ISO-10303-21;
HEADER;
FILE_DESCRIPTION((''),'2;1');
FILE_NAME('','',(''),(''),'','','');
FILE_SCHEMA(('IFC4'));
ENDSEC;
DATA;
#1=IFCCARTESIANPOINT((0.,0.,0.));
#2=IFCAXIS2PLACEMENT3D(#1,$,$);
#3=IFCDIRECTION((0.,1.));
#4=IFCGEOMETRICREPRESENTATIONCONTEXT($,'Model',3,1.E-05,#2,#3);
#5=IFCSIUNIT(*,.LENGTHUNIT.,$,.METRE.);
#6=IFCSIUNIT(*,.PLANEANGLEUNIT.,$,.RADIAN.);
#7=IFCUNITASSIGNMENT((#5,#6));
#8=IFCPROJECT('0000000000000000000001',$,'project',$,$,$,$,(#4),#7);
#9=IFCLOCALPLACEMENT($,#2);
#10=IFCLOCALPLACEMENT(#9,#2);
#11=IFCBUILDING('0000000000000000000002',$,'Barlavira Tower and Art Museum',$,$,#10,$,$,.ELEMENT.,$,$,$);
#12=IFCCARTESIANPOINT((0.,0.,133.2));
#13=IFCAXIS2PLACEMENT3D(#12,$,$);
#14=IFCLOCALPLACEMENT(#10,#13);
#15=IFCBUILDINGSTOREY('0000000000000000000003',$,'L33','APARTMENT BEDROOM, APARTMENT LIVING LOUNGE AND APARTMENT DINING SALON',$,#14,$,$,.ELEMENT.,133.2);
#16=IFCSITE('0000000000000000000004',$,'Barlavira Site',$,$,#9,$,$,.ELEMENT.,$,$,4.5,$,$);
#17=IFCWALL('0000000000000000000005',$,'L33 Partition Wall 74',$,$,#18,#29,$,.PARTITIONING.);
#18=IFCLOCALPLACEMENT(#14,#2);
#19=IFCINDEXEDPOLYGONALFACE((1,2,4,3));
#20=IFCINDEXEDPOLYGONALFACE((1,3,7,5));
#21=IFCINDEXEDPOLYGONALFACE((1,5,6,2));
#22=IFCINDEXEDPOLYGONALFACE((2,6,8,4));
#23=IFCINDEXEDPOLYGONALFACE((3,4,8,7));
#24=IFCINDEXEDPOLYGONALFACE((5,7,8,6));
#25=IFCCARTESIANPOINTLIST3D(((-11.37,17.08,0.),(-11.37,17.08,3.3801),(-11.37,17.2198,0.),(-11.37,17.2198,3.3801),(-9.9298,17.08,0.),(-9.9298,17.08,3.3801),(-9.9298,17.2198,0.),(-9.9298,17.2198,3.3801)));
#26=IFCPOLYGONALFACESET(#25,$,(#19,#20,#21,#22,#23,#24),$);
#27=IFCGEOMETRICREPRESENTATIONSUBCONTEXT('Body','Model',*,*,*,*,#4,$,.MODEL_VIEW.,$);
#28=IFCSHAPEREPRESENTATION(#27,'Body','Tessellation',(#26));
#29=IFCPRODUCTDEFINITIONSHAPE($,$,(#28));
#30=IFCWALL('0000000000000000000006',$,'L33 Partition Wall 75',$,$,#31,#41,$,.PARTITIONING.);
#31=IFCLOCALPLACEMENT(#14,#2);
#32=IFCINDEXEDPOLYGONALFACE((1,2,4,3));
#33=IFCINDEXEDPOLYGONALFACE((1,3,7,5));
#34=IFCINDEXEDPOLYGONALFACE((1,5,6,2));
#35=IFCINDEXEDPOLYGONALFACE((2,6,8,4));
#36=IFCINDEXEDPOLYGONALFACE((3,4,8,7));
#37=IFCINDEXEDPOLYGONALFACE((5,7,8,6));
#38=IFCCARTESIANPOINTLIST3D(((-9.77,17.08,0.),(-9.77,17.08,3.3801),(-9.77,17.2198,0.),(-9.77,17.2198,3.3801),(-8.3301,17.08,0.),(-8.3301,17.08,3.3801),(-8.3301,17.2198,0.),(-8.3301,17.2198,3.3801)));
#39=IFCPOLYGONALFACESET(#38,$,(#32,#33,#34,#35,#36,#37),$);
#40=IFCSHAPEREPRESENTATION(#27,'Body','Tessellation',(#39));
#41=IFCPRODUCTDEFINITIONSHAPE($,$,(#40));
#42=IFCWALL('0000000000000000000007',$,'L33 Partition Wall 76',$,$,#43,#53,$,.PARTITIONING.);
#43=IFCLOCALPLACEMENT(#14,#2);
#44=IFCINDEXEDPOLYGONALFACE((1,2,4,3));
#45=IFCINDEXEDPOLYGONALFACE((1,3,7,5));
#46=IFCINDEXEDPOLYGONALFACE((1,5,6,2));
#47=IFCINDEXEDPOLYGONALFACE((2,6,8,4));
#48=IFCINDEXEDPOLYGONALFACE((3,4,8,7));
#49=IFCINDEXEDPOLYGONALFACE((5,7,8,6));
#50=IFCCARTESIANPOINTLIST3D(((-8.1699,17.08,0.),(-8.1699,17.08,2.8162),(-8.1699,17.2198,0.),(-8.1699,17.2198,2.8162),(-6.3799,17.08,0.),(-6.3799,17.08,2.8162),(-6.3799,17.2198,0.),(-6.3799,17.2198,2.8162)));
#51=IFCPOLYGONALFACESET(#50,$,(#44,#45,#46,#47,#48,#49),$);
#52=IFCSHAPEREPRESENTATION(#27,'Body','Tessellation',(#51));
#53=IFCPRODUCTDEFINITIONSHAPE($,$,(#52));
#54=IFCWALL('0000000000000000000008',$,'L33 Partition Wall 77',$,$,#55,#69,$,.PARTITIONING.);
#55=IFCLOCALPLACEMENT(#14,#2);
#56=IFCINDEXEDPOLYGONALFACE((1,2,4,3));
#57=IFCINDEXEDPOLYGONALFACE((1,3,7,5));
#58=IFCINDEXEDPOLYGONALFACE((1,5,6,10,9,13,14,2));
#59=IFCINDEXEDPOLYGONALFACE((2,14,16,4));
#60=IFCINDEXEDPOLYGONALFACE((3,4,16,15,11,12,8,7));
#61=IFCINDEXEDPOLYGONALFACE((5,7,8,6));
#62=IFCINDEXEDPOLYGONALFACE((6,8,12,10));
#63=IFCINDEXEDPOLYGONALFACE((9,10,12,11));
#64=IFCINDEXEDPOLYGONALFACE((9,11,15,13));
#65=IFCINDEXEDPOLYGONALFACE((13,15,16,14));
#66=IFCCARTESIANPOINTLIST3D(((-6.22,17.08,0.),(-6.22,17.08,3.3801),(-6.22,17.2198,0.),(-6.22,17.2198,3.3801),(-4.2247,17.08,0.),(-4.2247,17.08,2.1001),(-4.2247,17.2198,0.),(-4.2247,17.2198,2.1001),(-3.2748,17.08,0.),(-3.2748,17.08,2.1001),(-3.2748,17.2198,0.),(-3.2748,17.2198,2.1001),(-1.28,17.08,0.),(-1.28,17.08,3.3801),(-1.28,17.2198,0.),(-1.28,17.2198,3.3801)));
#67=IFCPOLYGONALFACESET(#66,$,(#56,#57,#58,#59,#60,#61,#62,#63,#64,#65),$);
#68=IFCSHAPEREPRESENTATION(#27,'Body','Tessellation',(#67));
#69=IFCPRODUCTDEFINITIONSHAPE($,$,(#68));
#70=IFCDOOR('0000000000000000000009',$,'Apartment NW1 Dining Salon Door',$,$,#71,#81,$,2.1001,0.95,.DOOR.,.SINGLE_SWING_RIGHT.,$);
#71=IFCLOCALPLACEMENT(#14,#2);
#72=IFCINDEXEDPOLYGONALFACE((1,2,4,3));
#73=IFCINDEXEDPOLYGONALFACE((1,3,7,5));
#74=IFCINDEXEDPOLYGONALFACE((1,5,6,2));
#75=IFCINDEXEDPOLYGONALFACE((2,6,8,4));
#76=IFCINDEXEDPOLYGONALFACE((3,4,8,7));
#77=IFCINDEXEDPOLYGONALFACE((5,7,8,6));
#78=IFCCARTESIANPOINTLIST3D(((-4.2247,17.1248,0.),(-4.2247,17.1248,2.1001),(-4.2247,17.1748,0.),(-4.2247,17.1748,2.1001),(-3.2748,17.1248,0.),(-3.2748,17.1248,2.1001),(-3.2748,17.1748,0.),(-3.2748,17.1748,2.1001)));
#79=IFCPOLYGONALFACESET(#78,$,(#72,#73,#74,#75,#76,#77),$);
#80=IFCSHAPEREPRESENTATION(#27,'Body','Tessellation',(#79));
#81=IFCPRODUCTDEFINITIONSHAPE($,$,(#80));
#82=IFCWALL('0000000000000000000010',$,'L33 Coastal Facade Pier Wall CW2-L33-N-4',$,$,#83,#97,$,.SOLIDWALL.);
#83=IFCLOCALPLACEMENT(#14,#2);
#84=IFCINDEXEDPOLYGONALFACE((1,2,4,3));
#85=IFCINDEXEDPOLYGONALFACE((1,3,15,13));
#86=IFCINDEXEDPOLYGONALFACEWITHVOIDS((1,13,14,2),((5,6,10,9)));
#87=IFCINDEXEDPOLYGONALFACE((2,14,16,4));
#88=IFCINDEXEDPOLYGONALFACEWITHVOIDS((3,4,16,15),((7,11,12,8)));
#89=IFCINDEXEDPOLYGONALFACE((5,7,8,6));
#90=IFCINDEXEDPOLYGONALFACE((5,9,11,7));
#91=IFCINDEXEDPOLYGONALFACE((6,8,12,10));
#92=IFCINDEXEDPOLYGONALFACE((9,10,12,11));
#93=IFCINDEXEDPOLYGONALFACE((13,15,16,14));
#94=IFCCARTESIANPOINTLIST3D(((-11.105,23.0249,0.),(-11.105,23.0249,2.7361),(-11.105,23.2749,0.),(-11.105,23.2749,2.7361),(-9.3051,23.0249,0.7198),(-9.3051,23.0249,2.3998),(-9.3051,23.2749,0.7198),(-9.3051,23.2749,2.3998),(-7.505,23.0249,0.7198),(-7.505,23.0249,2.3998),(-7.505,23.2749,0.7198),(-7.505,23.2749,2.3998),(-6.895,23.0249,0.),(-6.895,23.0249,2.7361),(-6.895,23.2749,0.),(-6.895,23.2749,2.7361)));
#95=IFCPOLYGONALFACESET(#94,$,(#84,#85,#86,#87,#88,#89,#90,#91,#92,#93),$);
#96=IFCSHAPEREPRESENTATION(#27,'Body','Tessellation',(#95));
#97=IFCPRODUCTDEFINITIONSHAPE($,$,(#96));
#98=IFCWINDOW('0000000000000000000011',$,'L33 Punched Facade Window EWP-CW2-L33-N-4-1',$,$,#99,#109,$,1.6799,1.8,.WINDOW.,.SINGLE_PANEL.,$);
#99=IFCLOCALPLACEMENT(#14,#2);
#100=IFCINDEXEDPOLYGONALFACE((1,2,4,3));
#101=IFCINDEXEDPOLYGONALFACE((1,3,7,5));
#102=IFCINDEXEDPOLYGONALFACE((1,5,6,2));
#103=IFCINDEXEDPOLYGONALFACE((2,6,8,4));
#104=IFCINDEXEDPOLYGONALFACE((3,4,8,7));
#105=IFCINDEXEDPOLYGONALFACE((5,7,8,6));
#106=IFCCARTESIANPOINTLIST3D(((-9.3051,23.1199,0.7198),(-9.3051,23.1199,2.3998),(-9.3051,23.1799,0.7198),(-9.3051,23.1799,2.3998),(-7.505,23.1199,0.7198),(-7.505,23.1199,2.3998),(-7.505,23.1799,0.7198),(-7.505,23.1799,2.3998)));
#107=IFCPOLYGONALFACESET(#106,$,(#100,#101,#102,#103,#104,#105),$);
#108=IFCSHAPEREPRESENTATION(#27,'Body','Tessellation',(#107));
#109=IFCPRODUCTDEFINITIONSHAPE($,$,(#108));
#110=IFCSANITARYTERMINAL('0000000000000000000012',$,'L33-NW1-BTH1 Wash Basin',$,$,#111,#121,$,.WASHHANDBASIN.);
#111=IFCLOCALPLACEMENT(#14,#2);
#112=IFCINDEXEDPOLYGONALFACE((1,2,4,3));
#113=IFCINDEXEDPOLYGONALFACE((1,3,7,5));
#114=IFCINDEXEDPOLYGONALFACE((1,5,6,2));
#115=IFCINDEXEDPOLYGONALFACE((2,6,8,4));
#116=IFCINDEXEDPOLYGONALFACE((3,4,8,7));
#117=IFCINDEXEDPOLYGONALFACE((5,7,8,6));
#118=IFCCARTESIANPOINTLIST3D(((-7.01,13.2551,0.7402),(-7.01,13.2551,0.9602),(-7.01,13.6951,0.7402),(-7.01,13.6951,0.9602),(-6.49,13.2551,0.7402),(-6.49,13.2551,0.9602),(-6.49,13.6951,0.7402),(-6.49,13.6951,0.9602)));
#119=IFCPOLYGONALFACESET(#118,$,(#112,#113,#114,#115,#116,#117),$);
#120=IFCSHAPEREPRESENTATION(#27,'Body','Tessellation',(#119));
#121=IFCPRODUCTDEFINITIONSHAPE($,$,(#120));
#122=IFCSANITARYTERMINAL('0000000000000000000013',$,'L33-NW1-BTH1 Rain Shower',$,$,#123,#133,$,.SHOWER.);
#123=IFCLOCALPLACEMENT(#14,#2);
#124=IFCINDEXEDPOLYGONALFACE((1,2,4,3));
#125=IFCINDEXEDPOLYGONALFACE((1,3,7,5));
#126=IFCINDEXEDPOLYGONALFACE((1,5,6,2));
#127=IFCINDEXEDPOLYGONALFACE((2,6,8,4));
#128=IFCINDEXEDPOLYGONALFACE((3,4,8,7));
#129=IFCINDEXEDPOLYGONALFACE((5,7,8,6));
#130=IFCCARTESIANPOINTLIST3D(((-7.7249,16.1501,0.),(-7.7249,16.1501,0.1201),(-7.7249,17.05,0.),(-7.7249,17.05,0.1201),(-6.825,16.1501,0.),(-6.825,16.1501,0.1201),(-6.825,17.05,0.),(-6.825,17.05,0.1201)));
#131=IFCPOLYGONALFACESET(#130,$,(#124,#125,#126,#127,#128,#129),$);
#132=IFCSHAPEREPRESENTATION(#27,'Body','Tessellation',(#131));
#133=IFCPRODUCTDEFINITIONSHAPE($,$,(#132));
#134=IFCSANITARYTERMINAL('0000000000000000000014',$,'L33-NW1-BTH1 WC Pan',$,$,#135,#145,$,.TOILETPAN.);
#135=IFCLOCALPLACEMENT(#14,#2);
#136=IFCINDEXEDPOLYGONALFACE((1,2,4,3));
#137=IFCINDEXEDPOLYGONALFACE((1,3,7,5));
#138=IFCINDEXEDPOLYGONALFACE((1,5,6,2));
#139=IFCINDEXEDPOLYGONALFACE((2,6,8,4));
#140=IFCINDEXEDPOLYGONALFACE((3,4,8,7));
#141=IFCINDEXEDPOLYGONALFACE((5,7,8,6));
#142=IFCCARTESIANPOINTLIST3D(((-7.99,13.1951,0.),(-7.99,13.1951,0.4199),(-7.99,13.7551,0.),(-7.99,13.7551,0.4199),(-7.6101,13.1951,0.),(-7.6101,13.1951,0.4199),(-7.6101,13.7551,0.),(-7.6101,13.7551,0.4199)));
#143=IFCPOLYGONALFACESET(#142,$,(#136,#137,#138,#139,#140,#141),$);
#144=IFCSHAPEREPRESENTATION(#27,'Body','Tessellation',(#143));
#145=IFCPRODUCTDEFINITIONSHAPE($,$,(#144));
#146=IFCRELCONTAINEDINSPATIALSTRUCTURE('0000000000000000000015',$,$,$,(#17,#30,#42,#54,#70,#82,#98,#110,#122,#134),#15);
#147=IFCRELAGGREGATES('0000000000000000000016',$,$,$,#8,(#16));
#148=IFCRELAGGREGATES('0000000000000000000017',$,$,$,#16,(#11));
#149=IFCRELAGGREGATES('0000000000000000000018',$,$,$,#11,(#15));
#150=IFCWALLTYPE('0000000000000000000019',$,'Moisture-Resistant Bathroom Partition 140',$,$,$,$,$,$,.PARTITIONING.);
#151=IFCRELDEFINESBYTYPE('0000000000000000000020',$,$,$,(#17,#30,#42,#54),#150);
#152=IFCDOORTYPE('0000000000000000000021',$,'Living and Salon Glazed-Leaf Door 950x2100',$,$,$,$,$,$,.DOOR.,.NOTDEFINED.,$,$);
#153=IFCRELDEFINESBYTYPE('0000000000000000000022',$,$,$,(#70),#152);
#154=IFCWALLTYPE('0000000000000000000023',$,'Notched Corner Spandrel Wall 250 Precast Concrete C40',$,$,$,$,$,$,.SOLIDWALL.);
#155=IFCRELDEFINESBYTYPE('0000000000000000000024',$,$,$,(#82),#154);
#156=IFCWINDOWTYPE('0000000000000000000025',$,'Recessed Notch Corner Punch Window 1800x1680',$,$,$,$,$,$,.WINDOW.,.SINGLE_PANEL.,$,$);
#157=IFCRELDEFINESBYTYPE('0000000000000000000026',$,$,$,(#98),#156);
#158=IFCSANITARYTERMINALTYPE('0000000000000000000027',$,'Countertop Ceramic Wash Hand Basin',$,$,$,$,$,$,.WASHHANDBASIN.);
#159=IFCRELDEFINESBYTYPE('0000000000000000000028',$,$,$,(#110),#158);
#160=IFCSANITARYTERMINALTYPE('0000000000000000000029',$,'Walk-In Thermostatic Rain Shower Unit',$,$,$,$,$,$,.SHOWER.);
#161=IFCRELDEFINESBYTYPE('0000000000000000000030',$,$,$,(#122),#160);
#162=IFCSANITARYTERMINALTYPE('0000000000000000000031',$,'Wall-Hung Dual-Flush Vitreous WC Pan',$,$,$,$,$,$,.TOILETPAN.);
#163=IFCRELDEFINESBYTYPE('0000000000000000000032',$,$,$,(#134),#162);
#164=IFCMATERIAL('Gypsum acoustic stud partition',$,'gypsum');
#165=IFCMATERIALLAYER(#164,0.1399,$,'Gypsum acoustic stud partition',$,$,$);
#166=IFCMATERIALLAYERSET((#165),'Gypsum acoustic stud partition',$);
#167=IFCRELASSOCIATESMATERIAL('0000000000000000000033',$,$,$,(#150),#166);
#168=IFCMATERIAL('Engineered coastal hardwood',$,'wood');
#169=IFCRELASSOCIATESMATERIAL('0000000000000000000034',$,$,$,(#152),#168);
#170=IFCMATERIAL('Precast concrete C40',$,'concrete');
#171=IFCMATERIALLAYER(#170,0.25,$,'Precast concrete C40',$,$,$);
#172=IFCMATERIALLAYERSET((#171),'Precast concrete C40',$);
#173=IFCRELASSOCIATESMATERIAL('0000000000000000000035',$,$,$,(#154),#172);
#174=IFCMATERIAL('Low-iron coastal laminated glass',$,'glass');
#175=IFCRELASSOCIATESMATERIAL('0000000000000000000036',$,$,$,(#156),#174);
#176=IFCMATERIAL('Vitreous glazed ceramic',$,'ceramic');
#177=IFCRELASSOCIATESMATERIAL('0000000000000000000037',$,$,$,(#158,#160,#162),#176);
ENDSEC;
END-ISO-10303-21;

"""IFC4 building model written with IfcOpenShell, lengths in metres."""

from ifc_helpers import new_model, si_unit, direction, frame, frame_2d, origin, origin_2d, place, context, subcontext, project, spatial, rectangle, extrude, material, layer, layer_set, type_object, element, fill, save


model = new_model("IFC4")

# Units and contexts
model_context = context("Model", 3, precision=1e-05, world=origin(), true_north=direction((0.0, 1.0)))
body_context = subcontext(model_context, "Body", "Model", "MODEL_VIEW")
ifc_project = project(units=[si_unit("LENGTHUNIT", "METRE"), si_unit("PLANEANGLEUNIT", "RADIAN")], contexts=[model_context])

# Site, building, storey
site_placement = place(None, origin())
site = spatial("IfcSite", under=ifc_project, at=site_placement, Name="Barlavira Site", CompositionType="ELEMENT", RefElevation=4.5)
building_placement = place(site_placement, origin())
building = spatial("IfcBuilding", under=site, at=building_placement, Name="Barlavira Tower and Art Museum", CompositionType="ELEMENT")
storey_placement = place(building_placement, frame((0.0, 0.0, 133.2)))
storey = spatial("IfcBuildingStorey", under=building, at=storey_placement, Name="L33", Description="APARTMENT BEDROOM, APARTMENT LIVING LOUNGE AND APARTMENT DINING SALON", CompositionType="ELEMENT", Elevation=133.2)

# Shared definitions
ifc_material_1 = material(Name="Low-iron coastal laminated glass", Category="glass")

# Shared definitions
ifc_material_2 = material(Name="Gypsum acoustic stud partition", Category="gypsum")
ifc_material_3 = material(Name="Engineered coastal hardwood", Category="wood")

# Shared definitions
ifc_layer_1 = layer(ifc_material_2, 0.1399, Name="Gypsum acoustic stud partition")
ifc_layer_set_1 = layer_set([ifc_layer_1], Name="Gypsum acoustic stud partition")
wall_type_1 = type_object("IfcWallType", Name="Moisture-Resistant Bathroom Partition 140", PredefinedType="PARTITIONING", material=ifc_layer_set_1)

# Walls
wall_1_placement = place(storey_placement, frame((-11.3701, 17.1499, 0.0), z_axis=(0.0, 0.0, 1.0), x_axis=(1.0, 0.0, 0.0)))
element("IfcWall", 1, at=wall_1_placement, inside=storey, type_object=wall_type_1, Name="L33 Partition Wall 74", PredefinedType="PARTITIONING", context=body_context, shape_type="SweptSolid", body=[
    extrude(rectangle(XDim=1.4402, YDim=0.1399, at=frame_2d((0.7202, 0.0))), origin(), (0.0, 0.0, 1.0), 3.3801),
])
wall_2_placement = place(storey_placement, frame((-9.77, 17.1499, 0.0), z_axis=(0.0, 0.0, 1.0), x_axis=(1.0, 0.0, 0.0)))
element("IfcWall", 2, at=wall_2_placement, inside=storey, type_object=wall_type_1, Name="L33 Partition Wall 75", PredefinedType="PARTITIONING", context=body_context, shape_type="SweptSolid", body=[
    extrude(rectangle(XDim=1.4399, YDim=0.1399, at=frame_2d((0.72, 0.0))), origin(), (0.0, 0.0, 1.0), 3.3801),
])
wall_3_placement = place(storey_placement, frame((-8.1699, 17.1499, 0.0), z_axis=(0.0, 0.0, 1.0), x_axis=(1.0, 0.0, 0.0)))
element("IfcWall", 3, at=wall_3_placement, inside=storey, type_object=wall_type_1, Name="L33 Partition Wall 76", PredefinedType="PARTITIONING", context=body_context, shape_type="SweptSolid", body=[
    extrude(rectangle(XDim=1.79, YDim=0.1399, at=frame_2d((0.895, 0.0))), origin(), (0.0, 0.0, 1.0), 2.8162),
])

# Wall, opening, door
wall_4_placement = place(storey_placement, frame((-6.22, 17.1499, 0.0), z_axis=(0.0, 0.0, 1.0), x_axis=(1.0, 0.0, 0.0)))
wall_4 = element("IfcWall", 4, at=wall_4_placement, inside=storey, type_object=wall_type_1, Name="L33 Partition Wall 77", PredefinedType="PARTITIONING", context=body_context, shape_type="SweptSolid", body=[
    extrude(rectangle(XDim=4.9399, YDim=0.1399, at=frame_2d((2.47, 0.0))), origin(), (0.0, 0.0, 1.0), 3.3801),
])
opening_1_placement = place(wall_4_placement, frame((1.9951, 0.0, 0.0)))
opening_1 = element("IfcOpeningElement", 5, at=opening_1_placement, cuts=wall_4, PredefinedType="OPENING", context=body_context, shape_type="SweptSolid", body=[
    extrude(rectangle(XDim=0.95, YDim=2.1001, at=frame_2d((0.4751, 1.05))), frame((0.0, 0.0801, 0.0), z_axis=(0.0, -1.0, 0.0), x_axis=(1.0, 0.0, 0.0)), (0.0, 0.0, 1.0), 0.1599),
])
door_type_1 = type_object("IfcDoorType", Name="Living and Salon Glazed-Leaf Door 950x2100", OperationType="NOTDEFINED", PredefinedType="DOOR", material=ifc_material_3)
door_1_placement = place(opening_1_placement, origin())
door_1 = element("IfcDoor", 6, at=door_1_placement, inside=storey, type_object=door_type_1, Name="Apartment NW1 Dining Salon Door", OperationType="SINGLE_SWING_RIGHT", OverallHeight=2.1001, OverallWidth=0.95, PredefinedType="DOOR", context=body_context, shape_type="SweptSolid", body=[
    extrude(rectangle(XDim=0.95, YDim=2.1001, at=frame_2d((0.4751, 1.05))), frame((0.0, 0.0249, 0.0), z_axis=(0.0, -1.0, 0.0), x_axis=(1.0, 0.0, 0.0)), (0.0, 0.0, 1.0), 0.05),
])
fill(opening_1, door_1)

# Wall, opening, window
ifc_material_4 = material(Name="Precast concrete C40", Category="concrete")
ifc_layer_2 = layer(ifc_material_4, 0.25, Name="Precast concrete C40")
ifc_layer_set_2 = layer_set([ifc_layer_2], Name="Precast concrete C40")
wall_type_2 = type_object("IfcWallType", Name="Notched Corner Spandrel Wall 250 Precast Concrete C40", PredefinedType="SOLIDWALL", material=ifc_layer_set_2)
wall_5_placement = place(storey_placement, frame((-6.895, 23.1499, 0.0), z_axis=(0.0, 0.0, 1.0), x_axis=(-1.0, 0.0, 0.0)))
wall_5 = element("IfcWall", 7, at=wall_5_placement, inside=storey, type_object=wall_type_2, Name="L33 Coastal Facade Pier Wall CW2-L33-N-4", PredefinedType="SOLIDWALL", context=body_context, shape_type="SweptSolid", body=[
    extrude(rectangle(XDim=4.21, YDim=0.25, at=frame_2d((2.105, 0.0))), origin(), (0.0, 0.0, 1.0), 2.7361),
])
opening_2_placement = place(wall_5_placement, frame((0.6101, 0.0, 0.72)))
opening_2 = element("IfcOpeningElement", 8, at=opening_2_placement, cuts=wall_5, PredefinedType="OPENING", context=body_context, shape_type="SweptSolid", body=[
    extrude(rectangle(XDim=1.8, YDim=1.6799, at=frame_2d((0.8999, 0.8398))), frame((0.0, 0.135, 0.0), z_axis=(0.0, -1.0, 0.0), x_axis=(1.0, 0.0, 0.0)), (0.0, 0.0, 1.0), 0.27),
])
window_type = type_object("IfcWindowType", Name="Recessed Notch Corner Punch Window 1800x1680", PartitioningType="SINGLE_PANEL", PredefinedType="WINDOW", material=ifc_material_1)
window_placement = place(opening_2_placement, origin())
window = element("IfcWindow", 9, at=window_placement, inside=storey, type_object=window_type, Name="L33 Punched Facade Window EWP-CW2-L33-N-4-1", OverallHeight=1.6799, OverallWidth=1.8, PartitioningType="SINGLE_PANEL", PredefinedType="WINDOW", context=body_context, shape_type="SweptSolid", body=[
    extrude(rectangle(XDim=1.8, YDim=1.6799, at=frame_2d((0.8999, 0.8398))), frame((0.0, 0.03, 0.0), z_axis=(0.0, -1.0, 0.0), x_axis=(1.0, 0.0, 0.0)), (0.0, 0.0, 1.0), 0.0601),
])
fill(opening_2, window)

# Sanitary terminals
ifc_material_5 = material(Name="Vitreous glazed ceramic", Category="ceramic")
sanitary_terminal_type_1 = type_object("IfcSanitaryTerminalType", Name="Countertop Ceramic Wash Hand Basin", PredefinedType="WASHHANDBASIN", material=ifc_material_5)
sanitary_terminal_1_placement = place(storey_placement, frame((-6.75, 13.4751, 0.7402), z_axis=(0.0, 0.0, 1.0), x_axis=(1.0, 0.0, 0.0)))
element("IfcSanitaryTerminal", 10, at=sanitary_terminal_1_placement, inside=storey, type_object=sanitary_terminal_type_1, Name="L33-NW1-BTH1 Wash Basin", PredefinedType="WASHHANDBASIN", context=body_context, shape_type="SweptSolid", body=[
    extrude(rectangle(XDim=0.52, YDim=0.4399, at=origin_2d()), origin(), (0.0, 0.0, 1.0), 0.22),
])
sanitary_terminal_type_2 = type_object("IfcSanitaryTerminalType", Name="Walk-In Thermostatic Rain Shower Unit", PredefinedType="SHOWER", material=ifc_material_5)
sanitary_terminal_2_placement = place(storey_placement, frame((-7.2749, 16.6001, 0.0), z_axis=(0.0, 0.0, 1.0), x_axis=(1.0, 0.0, 0.0)))
element("IfcSanitaryTerminal", 11, at=sanitary_terminal_2_placement, inside=storey, type_object=sanitary_terminal_type_2, Name="L33-NW1-BTH1 Rain Shower", PredefinedType="SHOWER", context=body_context, shape_type="SweptSolid", body=[
    extrude(rectangle(XDim=0.8999, YDim=0.8999, at=origin_2d()), origin(), (0.0, 0.0, 1.0), 0.1201),
])
sanitary_terminal_type_3 = type_object("IfcSanitaryTerminalType", Name="Wall-Hung Dual-Flush Vitreous WC Pan", PredefinedType="TOILETPAN", material=ifc_material_5)
sanitary_terminal_3_placement = place(storey_placement, frame((-7.8, 13.4751, 0.0), z_axis=(0.0, 0.0, 1.0), x_axis=(1.0, 0.0, 0.0)))
element("IfcSanitaryTerminal", 12, at=sanitary_terminal_3_placement, inside=storey, type_object=sanitary_terminal_type_3, Name="L33-NW1-BTH1 WC Pan", PredefinedType="TOILETPAN", context=body_context, shape_type="SweptSolid", body=[
    extrude(rectangle(XDim=0.3799, YDim=0.5601, at=origin_2d()), origin(), (0.0, 0.0, 1.0), 0.4199),
])

save(model, "model.ifc")
